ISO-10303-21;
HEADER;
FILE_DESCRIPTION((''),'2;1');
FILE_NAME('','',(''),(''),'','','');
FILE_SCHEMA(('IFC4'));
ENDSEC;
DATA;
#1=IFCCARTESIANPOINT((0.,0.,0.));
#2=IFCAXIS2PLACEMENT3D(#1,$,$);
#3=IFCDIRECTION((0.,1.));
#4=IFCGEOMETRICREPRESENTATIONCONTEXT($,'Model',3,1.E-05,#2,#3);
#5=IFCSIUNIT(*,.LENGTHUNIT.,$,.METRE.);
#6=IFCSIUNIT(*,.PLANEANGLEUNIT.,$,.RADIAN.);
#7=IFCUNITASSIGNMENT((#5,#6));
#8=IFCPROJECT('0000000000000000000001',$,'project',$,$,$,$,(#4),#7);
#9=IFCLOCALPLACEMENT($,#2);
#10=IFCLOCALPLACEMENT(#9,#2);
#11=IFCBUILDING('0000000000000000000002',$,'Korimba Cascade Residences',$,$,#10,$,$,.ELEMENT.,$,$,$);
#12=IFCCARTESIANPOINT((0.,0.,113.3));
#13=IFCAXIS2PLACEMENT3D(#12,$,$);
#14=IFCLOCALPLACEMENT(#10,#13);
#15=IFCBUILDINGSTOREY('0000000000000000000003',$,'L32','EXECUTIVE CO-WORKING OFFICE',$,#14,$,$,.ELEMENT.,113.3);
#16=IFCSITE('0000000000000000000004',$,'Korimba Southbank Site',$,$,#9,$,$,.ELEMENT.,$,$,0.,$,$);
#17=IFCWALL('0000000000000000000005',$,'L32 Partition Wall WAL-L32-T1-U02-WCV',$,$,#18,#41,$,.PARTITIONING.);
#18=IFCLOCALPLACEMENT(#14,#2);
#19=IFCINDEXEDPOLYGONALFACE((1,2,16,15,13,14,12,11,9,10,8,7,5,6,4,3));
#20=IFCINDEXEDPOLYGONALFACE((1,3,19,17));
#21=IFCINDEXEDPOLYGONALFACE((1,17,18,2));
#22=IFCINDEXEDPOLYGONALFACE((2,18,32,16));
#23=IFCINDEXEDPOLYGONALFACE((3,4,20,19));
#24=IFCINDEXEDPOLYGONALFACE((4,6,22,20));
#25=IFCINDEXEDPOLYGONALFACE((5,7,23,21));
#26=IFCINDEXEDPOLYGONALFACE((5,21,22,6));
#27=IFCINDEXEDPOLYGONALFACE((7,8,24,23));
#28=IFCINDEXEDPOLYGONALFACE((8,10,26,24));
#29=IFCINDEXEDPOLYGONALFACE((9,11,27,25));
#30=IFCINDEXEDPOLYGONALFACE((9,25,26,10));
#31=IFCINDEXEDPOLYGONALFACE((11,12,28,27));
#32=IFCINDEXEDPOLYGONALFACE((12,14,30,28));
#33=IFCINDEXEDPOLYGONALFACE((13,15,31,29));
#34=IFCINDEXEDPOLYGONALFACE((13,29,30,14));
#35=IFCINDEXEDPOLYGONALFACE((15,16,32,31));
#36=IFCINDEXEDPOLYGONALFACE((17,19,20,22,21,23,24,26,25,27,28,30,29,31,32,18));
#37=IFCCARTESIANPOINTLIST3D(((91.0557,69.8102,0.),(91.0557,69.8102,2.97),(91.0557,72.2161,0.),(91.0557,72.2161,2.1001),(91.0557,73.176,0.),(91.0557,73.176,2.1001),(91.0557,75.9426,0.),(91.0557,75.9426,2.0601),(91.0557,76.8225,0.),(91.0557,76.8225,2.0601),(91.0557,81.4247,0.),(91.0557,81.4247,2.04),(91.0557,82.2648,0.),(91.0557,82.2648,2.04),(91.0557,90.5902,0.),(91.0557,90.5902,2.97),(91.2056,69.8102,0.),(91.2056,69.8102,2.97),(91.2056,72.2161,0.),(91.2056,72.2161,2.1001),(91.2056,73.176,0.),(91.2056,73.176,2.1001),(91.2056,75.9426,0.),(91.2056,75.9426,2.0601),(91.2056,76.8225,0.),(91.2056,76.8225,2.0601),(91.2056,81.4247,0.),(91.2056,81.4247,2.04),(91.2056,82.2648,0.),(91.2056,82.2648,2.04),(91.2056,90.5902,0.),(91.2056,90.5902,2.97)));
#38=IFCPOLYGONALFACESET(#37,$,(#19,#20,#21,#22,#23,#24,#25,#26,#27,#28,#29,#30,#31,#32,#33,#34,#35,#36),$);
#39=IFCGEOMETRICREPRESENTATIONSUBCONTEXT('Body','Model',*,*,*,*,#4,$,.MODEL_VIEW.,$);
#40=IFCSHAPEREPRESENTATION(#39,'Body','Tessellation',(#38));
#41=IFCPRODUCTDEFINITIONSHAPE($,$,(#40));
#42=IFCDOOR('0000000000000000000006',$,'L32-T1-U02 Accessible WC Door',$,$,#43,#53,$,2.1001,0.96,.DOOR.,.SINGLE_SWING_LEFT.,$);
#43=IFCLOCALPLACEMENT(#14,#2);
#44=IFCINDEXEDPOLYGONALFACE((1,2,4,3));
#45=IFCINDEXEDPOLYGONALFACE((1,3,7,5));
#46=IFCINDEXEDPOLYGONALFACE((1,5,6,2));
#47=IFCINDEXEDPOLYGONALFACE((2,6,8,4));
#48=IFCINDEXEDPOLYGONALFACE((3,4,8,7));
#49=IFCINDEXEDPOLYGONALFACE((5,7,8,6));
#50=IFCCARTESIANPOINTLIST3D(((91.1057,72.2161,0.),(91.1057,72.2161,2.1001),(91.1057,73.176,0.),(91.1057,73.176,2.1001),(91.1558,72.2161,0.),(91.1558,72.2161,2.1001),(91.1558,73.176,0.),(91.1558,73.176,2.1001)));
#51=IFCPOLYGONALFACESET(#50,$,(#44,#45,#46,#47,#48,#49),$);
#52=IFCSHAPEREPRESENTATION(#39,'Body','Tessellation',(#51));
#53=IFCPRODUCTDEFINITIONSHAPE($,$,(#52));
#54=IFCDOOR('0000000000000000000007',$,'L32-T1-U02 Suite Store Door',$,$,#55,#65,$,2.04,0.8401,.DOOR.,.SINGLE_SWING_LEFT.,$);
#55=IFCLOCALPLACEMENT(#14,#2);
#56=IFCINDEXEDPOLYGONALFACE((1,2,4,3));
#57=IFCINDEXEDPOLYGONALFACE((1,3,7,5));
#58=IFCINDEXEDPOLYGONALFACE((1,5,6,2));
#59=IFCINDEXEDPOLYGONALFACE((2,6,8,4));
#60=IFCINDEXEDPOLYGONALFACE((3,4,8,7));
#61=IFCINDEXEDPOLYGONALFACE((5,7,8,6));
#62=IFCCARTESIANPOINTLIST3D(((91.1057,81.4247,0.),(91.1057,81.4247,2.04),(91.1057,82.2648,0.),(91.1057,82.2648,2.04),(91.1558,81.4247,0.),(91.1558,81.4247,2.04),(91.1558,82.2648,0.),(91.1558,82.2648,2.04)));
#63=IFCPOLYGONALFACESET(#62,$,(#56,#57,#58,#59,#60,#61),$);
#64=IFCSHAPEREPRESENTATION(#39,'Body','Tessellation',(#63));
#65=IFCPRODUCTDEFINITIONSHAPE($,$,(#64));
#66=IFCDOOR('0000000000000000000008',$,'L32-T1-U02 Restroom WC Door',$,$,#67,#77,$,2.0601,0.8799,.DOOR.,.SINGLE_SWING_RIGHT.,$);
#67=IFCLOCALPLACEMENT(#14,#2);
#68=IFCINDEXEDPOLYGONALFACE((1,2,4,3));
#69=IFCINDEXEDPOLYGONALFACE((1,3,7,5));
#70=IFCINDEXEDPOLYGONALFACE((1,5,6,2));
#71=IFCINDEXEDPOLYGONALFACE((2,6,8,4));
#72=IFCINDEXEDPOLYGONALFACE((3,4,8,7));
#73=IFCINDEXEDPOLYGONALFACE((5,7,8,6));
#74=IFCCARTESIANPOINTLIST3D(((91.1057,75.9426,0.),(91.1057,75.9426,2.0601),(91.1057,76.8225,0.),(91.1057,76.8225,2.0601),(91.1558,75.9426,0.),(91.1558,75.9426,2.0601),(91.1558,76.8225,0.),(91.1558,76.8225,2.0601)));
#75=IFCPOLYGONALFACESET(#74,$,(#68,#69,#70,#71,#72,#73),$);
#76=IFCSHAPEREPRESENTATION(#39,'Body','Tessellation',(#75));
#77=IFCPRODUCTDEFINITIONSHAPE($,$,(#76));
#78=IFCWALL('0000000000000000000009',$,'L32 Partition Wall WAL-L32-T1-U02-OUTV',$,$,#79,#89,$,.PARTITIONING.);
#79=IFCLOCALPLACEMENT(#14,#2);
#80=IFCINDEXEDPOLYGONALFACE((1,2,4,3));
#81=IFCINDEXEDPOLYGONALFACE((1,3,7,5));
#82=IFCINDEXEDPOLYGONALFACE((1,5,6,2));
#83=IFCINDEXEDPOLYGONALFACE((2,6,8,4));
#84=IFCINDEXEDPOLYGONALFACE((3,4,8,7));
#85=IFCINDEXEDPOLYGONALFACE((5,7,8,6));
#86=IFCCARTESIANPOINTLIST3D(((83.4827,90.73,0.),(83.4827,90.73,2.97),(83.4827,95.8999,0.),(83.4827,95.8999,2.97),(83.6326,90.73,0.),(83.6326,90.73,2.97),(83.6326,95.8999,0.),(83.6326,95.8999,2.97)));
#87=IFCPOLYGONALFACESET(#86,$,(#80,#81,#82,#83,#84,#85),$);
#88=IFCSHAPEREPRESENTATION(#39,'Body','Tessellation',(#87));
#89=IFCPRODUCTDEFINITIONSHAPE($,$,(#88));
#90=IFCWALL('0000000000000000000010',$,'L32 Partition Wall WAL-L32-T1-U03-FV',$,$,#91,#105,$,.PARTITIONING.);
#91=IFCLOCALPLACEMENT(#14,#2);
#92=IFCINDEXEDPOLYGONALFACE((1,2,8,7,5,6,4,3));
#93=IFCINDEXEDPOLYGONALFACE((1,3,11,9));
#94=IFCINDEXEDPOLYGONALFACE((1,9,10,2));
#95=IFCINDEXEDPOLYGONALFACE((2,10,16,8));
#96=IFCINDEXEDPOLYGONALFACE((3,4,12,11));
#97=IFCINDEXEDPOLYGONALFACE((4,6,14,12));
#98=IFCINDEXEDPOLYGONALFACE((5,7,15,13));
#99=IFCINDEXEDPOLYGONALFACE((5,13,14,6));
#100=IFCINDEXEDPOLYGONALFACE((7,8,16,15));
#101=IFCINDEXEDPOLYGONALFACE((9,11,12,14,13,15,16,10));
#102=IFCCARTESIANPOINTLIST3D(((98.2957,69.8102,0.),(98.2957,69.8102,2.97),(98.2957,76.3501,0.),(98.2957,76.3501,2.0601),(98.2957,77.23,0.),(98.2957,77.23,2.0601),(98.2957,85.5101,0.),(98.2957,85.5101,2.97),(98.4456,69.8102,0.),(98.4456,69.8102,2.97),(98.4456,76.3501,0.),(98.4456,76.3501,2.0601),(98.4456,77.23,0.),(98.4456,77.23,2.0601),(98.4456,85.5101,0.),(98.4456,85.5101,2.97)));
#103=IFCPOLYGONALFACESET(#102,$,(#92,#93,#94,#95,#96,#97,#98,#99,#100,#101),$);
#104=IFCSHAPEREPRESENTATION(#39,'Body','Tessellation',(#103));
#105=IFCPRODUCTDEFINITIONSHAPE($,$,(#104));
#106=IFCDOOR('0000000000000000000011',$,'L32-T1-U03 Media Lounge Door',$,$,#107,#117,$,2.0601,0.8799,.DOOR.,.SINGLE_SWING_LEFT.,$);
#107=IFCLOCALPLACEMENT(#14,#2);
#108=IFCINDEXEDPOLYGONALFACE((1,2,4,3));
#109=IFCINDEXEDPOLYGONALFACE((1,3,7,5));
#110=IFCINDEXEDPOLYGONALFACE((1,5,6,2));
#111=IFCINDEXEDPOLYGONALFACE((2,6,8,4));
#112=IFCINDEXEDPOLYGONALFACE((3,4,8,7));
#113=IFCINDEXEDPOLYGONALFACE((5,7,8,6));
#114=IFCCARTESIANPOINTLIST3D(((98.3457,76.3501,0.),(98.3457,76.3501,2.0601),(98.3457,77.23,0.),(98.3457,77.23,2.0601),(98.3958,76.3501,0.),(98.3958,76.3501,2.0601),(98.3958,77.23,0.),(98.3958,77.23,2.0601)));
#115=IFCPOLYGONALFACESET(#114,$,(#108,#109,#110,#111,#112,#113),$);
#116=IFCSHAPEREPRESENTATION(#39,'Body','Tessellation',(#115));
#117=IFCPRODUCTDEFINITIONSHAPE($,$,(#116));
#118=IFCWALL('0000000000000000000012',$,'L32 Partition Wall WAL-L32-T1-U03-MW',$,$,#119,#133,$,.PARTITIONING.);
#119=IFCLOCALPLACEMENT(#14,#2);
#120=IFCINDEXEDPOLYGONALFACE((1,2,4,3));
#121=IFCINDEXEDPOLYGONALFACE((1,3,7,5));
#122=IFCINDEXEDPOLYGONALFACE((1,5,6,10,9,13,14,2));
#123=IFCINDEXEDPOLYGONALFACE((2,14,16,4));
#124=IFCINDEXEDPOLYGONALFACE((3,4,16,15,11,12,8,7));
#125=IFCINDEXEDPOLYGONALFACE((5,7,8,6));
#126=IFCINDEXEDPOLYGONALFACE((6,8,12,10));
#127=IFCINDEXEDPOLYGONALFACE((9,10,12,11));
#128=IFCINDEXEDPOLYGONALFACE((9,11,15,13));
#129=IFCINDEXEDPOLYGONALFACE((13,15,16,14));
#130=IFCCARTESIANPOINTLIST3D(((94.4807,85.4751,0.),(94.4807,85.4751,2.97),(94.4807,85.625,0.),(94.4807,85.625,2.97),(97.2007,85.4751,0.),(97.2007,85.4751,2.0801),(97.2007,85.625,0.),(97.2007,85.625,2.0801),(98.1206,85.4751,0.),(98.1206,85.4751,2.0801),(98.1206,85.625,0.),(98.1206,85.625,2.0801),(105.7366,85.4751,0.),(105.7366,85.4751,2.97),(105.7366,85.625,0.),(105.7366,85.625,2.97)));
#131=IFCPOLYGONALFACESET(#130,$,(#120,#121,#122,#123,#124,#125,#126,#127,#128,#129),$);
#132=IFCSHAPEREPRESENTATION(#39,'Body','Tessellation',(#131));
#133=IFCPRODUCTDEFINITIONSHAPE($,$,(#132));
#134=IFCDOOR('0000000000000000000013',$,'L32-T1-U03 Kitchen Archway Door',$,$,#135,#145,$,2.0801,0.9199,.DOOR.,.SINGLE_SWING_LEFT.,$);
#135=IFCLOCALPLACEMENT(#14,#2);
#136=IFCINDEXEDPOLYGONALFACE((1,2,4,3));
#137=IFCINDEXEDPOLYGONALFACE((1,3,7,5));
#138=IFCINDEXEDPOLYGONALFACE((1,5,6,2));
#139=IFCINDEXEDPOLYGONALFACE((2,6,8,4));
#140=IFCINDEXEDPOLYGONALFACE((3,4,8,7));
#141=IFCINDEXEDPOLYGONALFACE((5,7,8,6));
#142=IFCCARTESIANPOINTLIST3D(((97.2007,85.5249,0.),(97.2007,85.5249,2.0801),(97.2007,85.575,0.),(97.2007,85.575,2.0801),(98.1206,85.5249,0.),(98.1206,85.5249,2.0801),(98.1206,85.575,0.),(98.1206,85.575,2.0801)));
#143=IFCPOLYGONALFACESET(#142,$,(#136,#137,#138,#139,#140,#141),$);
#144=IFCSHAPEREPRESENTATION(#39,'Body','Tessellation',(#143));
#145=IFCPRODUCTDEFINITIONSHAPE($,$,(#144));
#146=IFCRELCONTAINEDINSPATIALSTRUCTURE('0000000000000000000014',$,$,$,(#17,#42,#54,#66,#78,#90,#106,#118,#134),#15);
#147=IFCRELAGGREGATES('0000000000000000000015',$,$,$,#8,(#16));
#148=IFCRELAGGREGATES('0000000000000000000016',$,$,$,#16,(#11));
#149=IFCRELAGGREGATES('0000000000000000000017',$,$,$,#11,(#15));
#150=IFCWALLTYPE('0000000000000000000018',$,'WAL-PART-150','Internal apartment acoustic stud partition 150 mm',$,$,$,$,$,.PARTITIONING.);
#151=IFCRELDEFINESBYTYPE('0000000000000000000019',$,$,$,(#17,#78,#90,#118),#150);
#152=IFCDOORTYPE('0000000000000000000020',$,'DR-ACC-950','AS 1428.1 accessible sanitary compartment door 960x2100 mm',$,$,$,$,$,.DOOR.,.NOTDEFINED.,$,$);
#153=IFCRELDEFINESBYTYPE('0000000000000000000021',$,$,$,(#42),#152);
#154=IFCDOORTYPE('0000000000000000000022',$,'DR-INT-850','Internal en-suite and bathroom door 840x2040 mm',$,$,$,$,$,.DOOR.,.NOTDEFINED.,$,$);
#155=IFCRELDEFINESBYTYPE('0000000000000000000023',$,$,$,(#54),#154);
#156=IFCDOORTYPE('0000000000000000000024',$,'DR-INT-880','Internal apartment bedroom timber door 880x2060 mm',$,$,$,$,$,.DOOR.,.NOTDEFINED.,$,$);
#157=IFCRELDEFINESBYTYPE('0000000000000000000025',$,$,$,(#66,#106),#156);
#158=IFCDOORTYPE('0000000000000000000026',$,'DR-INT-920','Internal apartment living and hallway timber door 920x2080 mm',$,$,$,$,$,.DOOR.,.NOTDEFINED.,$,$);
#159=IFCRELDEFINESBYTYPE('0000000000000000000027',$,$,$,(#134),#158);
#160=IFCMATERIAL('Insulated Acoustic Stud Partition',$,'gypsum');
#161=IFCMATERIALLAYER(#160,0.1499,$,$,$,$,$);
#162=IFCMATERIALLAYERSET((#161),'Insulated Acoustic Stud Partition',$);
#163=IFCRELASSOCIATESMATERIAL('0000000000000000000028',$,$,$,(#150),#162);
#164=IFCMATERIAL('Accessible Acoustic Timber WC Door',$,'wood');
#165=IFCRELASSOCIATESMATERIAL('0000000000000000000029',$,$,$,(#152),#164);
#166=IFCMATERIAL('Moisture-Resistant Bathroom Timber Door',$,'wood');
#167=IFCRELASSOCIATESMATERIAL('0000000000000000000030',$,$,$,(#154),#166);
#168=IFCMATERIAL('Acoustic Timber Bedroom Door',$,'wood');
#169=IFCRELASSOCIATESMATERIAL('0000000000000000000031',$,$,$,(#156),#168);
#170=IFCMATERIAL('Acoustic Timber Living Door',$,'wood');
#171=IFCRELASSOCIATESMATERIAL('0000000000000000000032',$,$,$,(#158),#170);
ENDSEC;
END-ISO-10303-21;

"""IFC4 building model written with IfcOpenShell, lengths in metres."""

from ifc_helpers import new_model, si_unit, direction, frame, frame_2d, origin, place, context, subcontext, project, spatial, rectangle, extrude, material, layer, layer_set, type_object, element, fill, save


model = new_model("IFC4")

# Units and contexts
model_context = context("Model", 3, precision=1e-05, world=origin(), true_north=direction((0.0, 1.0)))
body_context = subcontext(model_context, "Body", "Model", "MODEL_VIEW")
ifc_project = project(units=[si_unit("LENGTHUNIT", "METRE"), si_unit("PLANEANGLEUNIT", "RADIAN")], contexts=[model_context])

# Site, building, storey
site_placement = place(None, origin())
site = spatial("IfcSite", under=ifc_project, at=site_placement, Name="Korimba Southbank Site", CompositionType="ELEMENT", RefElevation=0.0)
building_placement = place(site_placement, origin())
building = spatial("IfcBuilding", under=site, at=building_placement, Name="Korimba Cascade Residences", CompositionType="ELEMENT")
storey_placement = place(building_placement, frame((0.0, 0.0, 113.3)))
storey = spatial("IfcBuildingStorey", under=building, at=storey_placement, Name="L32", Description="EXECUTIVE CO-WORKING OFFICE", CompositionType="ELEMENT", Elevation=113.3)

# Shared definitions
ifc_material_1 = material(Name="Insulated Acoustic Stud Partition", Category="gypsum")
ifc_layer_1 = layer(ifc_material_1, 0.1499)
ifc_layer_set_1 = layer_set([ifc_layer_1], Name="Insulated Acoustic Stud Partition")
wall_type_1 = type_object("IfcWallType", Name="WAL-PART-150", Description="Internal apartment acoustic stud partition 150 mm", PredefinedType="PARTITIONING", material=ifc_layer_set_1)

# Wall, openings, doors
wall_1_placement = place(storey_placement, frame((91.1306, 69.8101, 0.0), z_axis=(0.0, 0.0, 1.0), x_axis=(0.0, 1.0, 0.0)))
wall_1 = element("IfcWall", 1, at=wall_1_placement, inside=storey, type_object=wall_type_1, Name="L32 Partition Wall WAL-L32-T1-U02-WCV", PredefinedType="PARTITIONING", context=body_context, shape_type="SweptSolid", body=[
    extrude(rectangle(XDim=20.78, YDim=0.1499, at=frame_2d((10.3901, 0.0))), origin(), (0.0, 0.0, 1.0), 2.97),
])
opening_1_placement = place(wall_1_placement, frame((2.406, 0.0, 0.0)))
opening_1 = element("IfcOpeningElement", 2, at=opening_1_placement, cuts=wall_1, PredefinedType="OPENING", context=body_context, shape_type="SweptSolid", body=[
    extrude(rectangle(XDim=0.96, YDim=2.1001, at=frame_2d((0.48, 1.05))), frame((0.0, 0.085, 0.0), z_axis=(0.0, -1.0, 0.0), x_axis=(1.0, 0.0, 0.0)), (0.0, 0.0, 1.0), 0.1699),
])
opening_2_placement = place(wall_1_placement, frame((6.1326, 0.0, 0.0)))
opening_2 = element("IfcOpeningElement", 3, at=opening_2_placement, cuts=wall_1, PredefinedType="OPENING", context=body_context, shape_type="SweptSolid", body=[
    extrude(rectangle(XDim=0.8799, YDim=2.0601, at=frame_2d((0.4399, 1.03))), frame((0.0, 0.085, 0.0), z_axis=(0.0, -1.0, 0.0), x_axis=(1.0, 0.0, 0.0)), (0.0, 0.0, 1.0), 0.1699),
])
opening_3_placement = place(wall_1_placement, frame((11.6147, 0.0, 0.0)))
opening_3 = element("IfcOpeningElement", 4, at=opening_3_placement, cuts=wall_1, PredefinedType="OPENING", context=body_context, shape_type="SweptSolid", body=[
    extrude(rectangle(XDim=0.8401, YDim=2.04, at=frame_2d((0.4199, 1.02))), frame((0.0, 0.085, 0.0), z_axis=(0.0, -1.0, 0.0), x_axis=(1.0, 0.0, 0.0)), (0.0, 0.0, 1.0), 0.1699),
])
ifc_material_2 = material(Name="Accessible Acoustic Timber WC Door", Category="wood")
door_type_1 = type_object("IfcDoorType", Name="DR-ACC-950", Description="AS 1428.1 accessible sanitary compartment door 960x2100 mm", OperationType="NOTDEFINED", PredefinedType="DOOR", material=ifc_material_2)
door_1_placement = place(opening_1_placement, origin())
door_1 = element("IfcDoor", 5, at=door_1_placement, inside=storey, type_object=door_type_1, Name="L32-T1-U02 Accessible WC Door", OperationType="SINGLE_SWING_LEFT", OverallHeight=2.1001, OverallWidth=0.96, PredefinedType="DOOR", context=body_context, shape_type="SweptSolid", body=[
    extrude(rectangle(XDim=0.96, YDim=2.1001, at=frame_2d((0.48, 1.05))), frame((0.0, 0.0249, 0.0), z_axis=(0.0, -1.0, 0.0), x_axis=(1.0, 0.0, 0.0)), (0.0, 0.0, 1.0), 0.05),
])
fill(opening_1, door_1)
ifc_material_3 = material(Name="Moisture-Resistant Bathroom Timber Door", Category="wood")
door_type_2 = type_object("IfcDoorType", Name="DR-INT-850", Description="Internal en-suite and bathroom door 840x2040 mm", OperationType="NOTDEFINED", PredefinedType="DOOR", material=ifc_material_3)
door_2_placement = place(opening_3_placement, origin())
door_2 = element("IfcDoor", 6, at=door_2_placement, inside=storey, type_object=door_type_2, Name="L32-T1-U02 Suite Store Door", OperationType="SINGLE_SWING_LEFT", OverallHeight=2.04, OverallWidth=0.8401, PredefinedType="DOOR", context=body_context, shape_type="SweptSolid", body=[
    extrude(rectangle(XDim=0.8401, YDim=2.04, at=frame_2d((0.4199, 1.02))), frame((0.0, 0.0249, 0.0), z_axis=(0.0, -1.0, 0.0), x_axis=(1.0, 0.0, 0.0)), (0.0, 0.0, 1.0), 0.05),
])
fill(opening_3, door_2)
ifc_material_4 = material(Name="Acoustic Timber Bedroom Door", Category="wood")
door_type_3 = type_object("IfcDoorType", Name="DR-INT-880", Description="Internal apartment bedroom timber door 880x2060 mm", OperationType="NOTDEFINED", PredefinedType="DOOR", material=ifc_material_4)
door_3_placement = place(opening_2_placement, origin())
door_3 = element("IfcDoor", 7, at=door_3_placement, inside=storey, type_object=door_type_3, Name="L32-T1-U02 Restroom WC Door", OperationType="SINGLE_SWING_RIGHT", OverallHeight=2.0601, OverallWidth=0.8799, PredefinedType="DOOR", context=body_context, shape_type="SweptSolid", body=[
    extrude(rectangle(XDim=0.8799, YDim=2.0601, at=frame_2d((0.4399, 1.03))), frame((0.0, 0.0249, 0.0), z_axis=(0.0, -1.0, 0.0), x_axis=(1.0, 0.0, 0.0)), (0.0, 0.0, 1.0), 0.05),
])
fill(opening_2, door_3)

# Wall
wall_2_placement = place(storey_placement, frame((83.5576, 90.73, 0.0), z_axis=(0.0, 0.0, 1.0), x_axis=(0.0, 1.0, 0.0)))
element("IfcWall", 8, at=wall_2_placement, inside=storey, type_object=wall_type_1, Name="L32 Partition Wall WAL-L32-T1-U02-OUTV", PredefinedType="PARTITIONING", context=body_context, shape_type="SweptSolid", body=[
    extrude(rectangle(XDim=5.1699, YDim=0.1499, at=frame_2d((2.585, 0.0))), origin(), (0.0, 0.0, 1.0), 2.97),
])

# Walls, openings, doors
wall_3_placement = place(storey_placement, frame((98.3706, 69.8101, 0.0), z_axis=(0.0, 0.0, 1.0), x_axis=(0.0, 1.0, 0.0)))
wall_3 = element("IfcWall", 9, at=wall_3_placement, inside=storey, type_object=wall_type_1, Name="L32 Partition Wall WAL-L32-T1-U03-FV", PredefinedType="PARTITIONING", context=body_context, shape_type="SweptSolid", body=[
    extrude(rectangle(XDim=15.7, YDim=0.1499, at=frame_2d((7.8501, 0.0))), origin(), (0.0, 0.0, 1.0), 2.97),
])
opening_4_placement = place(wall_3_placement, frame((6.54, 0.0, 0.0)))
opening_4 = element("IfcOpeningElement", 10, at=opening_4_placement, cuts=wall_3, PredefinedType="OPENING", context=body_context, shape_type="SweptSolid", body=[
    extrude(rectangle(XDim=0.8799, YDim=2.0601, at=frame_2d((0.4399, 1.03))), frame((0.0, 0.085, 0.0), z_axis=(0.0, -1.0, 0.0), x_axis=(1.0, 0.0, 0.0)), (0.0, 0.0, 1.0), 0.1699),
])
door_4_placement = place(opening_4_placement, origin())
door_4 = element("IfcDoor", 11, at=door_4_placement, inside=storey, type_object=door_type_3, Name="L32-T1-U03 Media Lounge Door", OperationType="SINGLE_SWING_LEFT", OverallHeight=2.0601, OverallWidth=0.8799, PredefinedType="DOOR", context=body_context, shape_type="SweptSolid", body=[
    extrude(rectangle(XDim=0.8799, YDim=2.0601, at=frame_2d((0.4399, 1.03))), frame((0.0, 0.0249, 0.0), z_axis=(0.0, -1.0, 0.0), x_axis=(1.0, 0.0, 0.0)), (0.0, 0.0, 1.0), 0.05),
])
fill(opening_4, door_4)
wall_4_placement = place(storey_placement, frame((94.4807, 85.55, 0.0), z_axis=(0.0, 0.0, 1.0), x_axis=(1.0, 0.0, 0.0)))
wall_4 = element("IfcWall", 12, at=wall_4_placement, inside=storey, type_object=wall_type_1, Name="L32 Partition Wall WAL-L32-T1-U03-MW", PredefinedType="PARTITIONING", context=body_context, shape_type="SweptSolid", body=[
    extrude(rectangle(XDim=11.2559, YDim=0.1499, at=frame_2d((5.6279, 0.0))), origin(), (0.0, 0.0, 1.0), 2.97),
])
opening_5_placement = place(wall_4_placement, frame((2.72, 0.0, 0.0)))
opening_5 = element("IfcOpeningElement", 13, at=opening_5_placement, cuts=wall_4, PredefinedType="OPENING", context=body_context, shape_type="SweptSolid", body=[
    extrude(rectangle(XDim=0.9199, YDim=2.0801, at=frame_2d((0.46, 1.04))), frame((0.0, 0.085, 0.0), z_axis=(0.0, -1.0, 0.0), x_axis=(1.0, 0.0, 0.0)), (0.0, 0.0, 1.0), 0.1699),
])
ifc_material_5 = material(Name="Acoustic Timber Living Door", Category="wood")
door_type_4 = type_object("IfcDoorType", Name="DR-INT-920", Description="Internal apartment living and hallway timber door 920x2080 mm", OperationType="NOTDEFINED", PredefinedType="DOOR", material=ifc_material_5)
door_5_placement = place(opening_5_placement, origin())
door_5 = element("IfcDoor", 14, at=door_5_placement, inside=storey, type_object=door_type_4, Name="L32-T1-U03 Kitchen Archway Door", OperationType="SINGLE_SWING_LEFT", OverallHeight=2.0801, OverallWidth=0.9199, PredefinedType="DOOR", context=body_context, shape_type="SweptSolid", body=[
    extrude(rectangle(XDim=0.9199, YDim=2.0801, at=frame_2d((0.46, 1.04))), frame((0.0, 0.0249, 0.0), z_axis=(0.0, -1.0, 0.0), x_axis=(1.0, 0.0, 0.0)), (0.0, 0.0, 1.0), 0.05),
])
fill(opening_5, door_5)

save(model, "model.ifc")
